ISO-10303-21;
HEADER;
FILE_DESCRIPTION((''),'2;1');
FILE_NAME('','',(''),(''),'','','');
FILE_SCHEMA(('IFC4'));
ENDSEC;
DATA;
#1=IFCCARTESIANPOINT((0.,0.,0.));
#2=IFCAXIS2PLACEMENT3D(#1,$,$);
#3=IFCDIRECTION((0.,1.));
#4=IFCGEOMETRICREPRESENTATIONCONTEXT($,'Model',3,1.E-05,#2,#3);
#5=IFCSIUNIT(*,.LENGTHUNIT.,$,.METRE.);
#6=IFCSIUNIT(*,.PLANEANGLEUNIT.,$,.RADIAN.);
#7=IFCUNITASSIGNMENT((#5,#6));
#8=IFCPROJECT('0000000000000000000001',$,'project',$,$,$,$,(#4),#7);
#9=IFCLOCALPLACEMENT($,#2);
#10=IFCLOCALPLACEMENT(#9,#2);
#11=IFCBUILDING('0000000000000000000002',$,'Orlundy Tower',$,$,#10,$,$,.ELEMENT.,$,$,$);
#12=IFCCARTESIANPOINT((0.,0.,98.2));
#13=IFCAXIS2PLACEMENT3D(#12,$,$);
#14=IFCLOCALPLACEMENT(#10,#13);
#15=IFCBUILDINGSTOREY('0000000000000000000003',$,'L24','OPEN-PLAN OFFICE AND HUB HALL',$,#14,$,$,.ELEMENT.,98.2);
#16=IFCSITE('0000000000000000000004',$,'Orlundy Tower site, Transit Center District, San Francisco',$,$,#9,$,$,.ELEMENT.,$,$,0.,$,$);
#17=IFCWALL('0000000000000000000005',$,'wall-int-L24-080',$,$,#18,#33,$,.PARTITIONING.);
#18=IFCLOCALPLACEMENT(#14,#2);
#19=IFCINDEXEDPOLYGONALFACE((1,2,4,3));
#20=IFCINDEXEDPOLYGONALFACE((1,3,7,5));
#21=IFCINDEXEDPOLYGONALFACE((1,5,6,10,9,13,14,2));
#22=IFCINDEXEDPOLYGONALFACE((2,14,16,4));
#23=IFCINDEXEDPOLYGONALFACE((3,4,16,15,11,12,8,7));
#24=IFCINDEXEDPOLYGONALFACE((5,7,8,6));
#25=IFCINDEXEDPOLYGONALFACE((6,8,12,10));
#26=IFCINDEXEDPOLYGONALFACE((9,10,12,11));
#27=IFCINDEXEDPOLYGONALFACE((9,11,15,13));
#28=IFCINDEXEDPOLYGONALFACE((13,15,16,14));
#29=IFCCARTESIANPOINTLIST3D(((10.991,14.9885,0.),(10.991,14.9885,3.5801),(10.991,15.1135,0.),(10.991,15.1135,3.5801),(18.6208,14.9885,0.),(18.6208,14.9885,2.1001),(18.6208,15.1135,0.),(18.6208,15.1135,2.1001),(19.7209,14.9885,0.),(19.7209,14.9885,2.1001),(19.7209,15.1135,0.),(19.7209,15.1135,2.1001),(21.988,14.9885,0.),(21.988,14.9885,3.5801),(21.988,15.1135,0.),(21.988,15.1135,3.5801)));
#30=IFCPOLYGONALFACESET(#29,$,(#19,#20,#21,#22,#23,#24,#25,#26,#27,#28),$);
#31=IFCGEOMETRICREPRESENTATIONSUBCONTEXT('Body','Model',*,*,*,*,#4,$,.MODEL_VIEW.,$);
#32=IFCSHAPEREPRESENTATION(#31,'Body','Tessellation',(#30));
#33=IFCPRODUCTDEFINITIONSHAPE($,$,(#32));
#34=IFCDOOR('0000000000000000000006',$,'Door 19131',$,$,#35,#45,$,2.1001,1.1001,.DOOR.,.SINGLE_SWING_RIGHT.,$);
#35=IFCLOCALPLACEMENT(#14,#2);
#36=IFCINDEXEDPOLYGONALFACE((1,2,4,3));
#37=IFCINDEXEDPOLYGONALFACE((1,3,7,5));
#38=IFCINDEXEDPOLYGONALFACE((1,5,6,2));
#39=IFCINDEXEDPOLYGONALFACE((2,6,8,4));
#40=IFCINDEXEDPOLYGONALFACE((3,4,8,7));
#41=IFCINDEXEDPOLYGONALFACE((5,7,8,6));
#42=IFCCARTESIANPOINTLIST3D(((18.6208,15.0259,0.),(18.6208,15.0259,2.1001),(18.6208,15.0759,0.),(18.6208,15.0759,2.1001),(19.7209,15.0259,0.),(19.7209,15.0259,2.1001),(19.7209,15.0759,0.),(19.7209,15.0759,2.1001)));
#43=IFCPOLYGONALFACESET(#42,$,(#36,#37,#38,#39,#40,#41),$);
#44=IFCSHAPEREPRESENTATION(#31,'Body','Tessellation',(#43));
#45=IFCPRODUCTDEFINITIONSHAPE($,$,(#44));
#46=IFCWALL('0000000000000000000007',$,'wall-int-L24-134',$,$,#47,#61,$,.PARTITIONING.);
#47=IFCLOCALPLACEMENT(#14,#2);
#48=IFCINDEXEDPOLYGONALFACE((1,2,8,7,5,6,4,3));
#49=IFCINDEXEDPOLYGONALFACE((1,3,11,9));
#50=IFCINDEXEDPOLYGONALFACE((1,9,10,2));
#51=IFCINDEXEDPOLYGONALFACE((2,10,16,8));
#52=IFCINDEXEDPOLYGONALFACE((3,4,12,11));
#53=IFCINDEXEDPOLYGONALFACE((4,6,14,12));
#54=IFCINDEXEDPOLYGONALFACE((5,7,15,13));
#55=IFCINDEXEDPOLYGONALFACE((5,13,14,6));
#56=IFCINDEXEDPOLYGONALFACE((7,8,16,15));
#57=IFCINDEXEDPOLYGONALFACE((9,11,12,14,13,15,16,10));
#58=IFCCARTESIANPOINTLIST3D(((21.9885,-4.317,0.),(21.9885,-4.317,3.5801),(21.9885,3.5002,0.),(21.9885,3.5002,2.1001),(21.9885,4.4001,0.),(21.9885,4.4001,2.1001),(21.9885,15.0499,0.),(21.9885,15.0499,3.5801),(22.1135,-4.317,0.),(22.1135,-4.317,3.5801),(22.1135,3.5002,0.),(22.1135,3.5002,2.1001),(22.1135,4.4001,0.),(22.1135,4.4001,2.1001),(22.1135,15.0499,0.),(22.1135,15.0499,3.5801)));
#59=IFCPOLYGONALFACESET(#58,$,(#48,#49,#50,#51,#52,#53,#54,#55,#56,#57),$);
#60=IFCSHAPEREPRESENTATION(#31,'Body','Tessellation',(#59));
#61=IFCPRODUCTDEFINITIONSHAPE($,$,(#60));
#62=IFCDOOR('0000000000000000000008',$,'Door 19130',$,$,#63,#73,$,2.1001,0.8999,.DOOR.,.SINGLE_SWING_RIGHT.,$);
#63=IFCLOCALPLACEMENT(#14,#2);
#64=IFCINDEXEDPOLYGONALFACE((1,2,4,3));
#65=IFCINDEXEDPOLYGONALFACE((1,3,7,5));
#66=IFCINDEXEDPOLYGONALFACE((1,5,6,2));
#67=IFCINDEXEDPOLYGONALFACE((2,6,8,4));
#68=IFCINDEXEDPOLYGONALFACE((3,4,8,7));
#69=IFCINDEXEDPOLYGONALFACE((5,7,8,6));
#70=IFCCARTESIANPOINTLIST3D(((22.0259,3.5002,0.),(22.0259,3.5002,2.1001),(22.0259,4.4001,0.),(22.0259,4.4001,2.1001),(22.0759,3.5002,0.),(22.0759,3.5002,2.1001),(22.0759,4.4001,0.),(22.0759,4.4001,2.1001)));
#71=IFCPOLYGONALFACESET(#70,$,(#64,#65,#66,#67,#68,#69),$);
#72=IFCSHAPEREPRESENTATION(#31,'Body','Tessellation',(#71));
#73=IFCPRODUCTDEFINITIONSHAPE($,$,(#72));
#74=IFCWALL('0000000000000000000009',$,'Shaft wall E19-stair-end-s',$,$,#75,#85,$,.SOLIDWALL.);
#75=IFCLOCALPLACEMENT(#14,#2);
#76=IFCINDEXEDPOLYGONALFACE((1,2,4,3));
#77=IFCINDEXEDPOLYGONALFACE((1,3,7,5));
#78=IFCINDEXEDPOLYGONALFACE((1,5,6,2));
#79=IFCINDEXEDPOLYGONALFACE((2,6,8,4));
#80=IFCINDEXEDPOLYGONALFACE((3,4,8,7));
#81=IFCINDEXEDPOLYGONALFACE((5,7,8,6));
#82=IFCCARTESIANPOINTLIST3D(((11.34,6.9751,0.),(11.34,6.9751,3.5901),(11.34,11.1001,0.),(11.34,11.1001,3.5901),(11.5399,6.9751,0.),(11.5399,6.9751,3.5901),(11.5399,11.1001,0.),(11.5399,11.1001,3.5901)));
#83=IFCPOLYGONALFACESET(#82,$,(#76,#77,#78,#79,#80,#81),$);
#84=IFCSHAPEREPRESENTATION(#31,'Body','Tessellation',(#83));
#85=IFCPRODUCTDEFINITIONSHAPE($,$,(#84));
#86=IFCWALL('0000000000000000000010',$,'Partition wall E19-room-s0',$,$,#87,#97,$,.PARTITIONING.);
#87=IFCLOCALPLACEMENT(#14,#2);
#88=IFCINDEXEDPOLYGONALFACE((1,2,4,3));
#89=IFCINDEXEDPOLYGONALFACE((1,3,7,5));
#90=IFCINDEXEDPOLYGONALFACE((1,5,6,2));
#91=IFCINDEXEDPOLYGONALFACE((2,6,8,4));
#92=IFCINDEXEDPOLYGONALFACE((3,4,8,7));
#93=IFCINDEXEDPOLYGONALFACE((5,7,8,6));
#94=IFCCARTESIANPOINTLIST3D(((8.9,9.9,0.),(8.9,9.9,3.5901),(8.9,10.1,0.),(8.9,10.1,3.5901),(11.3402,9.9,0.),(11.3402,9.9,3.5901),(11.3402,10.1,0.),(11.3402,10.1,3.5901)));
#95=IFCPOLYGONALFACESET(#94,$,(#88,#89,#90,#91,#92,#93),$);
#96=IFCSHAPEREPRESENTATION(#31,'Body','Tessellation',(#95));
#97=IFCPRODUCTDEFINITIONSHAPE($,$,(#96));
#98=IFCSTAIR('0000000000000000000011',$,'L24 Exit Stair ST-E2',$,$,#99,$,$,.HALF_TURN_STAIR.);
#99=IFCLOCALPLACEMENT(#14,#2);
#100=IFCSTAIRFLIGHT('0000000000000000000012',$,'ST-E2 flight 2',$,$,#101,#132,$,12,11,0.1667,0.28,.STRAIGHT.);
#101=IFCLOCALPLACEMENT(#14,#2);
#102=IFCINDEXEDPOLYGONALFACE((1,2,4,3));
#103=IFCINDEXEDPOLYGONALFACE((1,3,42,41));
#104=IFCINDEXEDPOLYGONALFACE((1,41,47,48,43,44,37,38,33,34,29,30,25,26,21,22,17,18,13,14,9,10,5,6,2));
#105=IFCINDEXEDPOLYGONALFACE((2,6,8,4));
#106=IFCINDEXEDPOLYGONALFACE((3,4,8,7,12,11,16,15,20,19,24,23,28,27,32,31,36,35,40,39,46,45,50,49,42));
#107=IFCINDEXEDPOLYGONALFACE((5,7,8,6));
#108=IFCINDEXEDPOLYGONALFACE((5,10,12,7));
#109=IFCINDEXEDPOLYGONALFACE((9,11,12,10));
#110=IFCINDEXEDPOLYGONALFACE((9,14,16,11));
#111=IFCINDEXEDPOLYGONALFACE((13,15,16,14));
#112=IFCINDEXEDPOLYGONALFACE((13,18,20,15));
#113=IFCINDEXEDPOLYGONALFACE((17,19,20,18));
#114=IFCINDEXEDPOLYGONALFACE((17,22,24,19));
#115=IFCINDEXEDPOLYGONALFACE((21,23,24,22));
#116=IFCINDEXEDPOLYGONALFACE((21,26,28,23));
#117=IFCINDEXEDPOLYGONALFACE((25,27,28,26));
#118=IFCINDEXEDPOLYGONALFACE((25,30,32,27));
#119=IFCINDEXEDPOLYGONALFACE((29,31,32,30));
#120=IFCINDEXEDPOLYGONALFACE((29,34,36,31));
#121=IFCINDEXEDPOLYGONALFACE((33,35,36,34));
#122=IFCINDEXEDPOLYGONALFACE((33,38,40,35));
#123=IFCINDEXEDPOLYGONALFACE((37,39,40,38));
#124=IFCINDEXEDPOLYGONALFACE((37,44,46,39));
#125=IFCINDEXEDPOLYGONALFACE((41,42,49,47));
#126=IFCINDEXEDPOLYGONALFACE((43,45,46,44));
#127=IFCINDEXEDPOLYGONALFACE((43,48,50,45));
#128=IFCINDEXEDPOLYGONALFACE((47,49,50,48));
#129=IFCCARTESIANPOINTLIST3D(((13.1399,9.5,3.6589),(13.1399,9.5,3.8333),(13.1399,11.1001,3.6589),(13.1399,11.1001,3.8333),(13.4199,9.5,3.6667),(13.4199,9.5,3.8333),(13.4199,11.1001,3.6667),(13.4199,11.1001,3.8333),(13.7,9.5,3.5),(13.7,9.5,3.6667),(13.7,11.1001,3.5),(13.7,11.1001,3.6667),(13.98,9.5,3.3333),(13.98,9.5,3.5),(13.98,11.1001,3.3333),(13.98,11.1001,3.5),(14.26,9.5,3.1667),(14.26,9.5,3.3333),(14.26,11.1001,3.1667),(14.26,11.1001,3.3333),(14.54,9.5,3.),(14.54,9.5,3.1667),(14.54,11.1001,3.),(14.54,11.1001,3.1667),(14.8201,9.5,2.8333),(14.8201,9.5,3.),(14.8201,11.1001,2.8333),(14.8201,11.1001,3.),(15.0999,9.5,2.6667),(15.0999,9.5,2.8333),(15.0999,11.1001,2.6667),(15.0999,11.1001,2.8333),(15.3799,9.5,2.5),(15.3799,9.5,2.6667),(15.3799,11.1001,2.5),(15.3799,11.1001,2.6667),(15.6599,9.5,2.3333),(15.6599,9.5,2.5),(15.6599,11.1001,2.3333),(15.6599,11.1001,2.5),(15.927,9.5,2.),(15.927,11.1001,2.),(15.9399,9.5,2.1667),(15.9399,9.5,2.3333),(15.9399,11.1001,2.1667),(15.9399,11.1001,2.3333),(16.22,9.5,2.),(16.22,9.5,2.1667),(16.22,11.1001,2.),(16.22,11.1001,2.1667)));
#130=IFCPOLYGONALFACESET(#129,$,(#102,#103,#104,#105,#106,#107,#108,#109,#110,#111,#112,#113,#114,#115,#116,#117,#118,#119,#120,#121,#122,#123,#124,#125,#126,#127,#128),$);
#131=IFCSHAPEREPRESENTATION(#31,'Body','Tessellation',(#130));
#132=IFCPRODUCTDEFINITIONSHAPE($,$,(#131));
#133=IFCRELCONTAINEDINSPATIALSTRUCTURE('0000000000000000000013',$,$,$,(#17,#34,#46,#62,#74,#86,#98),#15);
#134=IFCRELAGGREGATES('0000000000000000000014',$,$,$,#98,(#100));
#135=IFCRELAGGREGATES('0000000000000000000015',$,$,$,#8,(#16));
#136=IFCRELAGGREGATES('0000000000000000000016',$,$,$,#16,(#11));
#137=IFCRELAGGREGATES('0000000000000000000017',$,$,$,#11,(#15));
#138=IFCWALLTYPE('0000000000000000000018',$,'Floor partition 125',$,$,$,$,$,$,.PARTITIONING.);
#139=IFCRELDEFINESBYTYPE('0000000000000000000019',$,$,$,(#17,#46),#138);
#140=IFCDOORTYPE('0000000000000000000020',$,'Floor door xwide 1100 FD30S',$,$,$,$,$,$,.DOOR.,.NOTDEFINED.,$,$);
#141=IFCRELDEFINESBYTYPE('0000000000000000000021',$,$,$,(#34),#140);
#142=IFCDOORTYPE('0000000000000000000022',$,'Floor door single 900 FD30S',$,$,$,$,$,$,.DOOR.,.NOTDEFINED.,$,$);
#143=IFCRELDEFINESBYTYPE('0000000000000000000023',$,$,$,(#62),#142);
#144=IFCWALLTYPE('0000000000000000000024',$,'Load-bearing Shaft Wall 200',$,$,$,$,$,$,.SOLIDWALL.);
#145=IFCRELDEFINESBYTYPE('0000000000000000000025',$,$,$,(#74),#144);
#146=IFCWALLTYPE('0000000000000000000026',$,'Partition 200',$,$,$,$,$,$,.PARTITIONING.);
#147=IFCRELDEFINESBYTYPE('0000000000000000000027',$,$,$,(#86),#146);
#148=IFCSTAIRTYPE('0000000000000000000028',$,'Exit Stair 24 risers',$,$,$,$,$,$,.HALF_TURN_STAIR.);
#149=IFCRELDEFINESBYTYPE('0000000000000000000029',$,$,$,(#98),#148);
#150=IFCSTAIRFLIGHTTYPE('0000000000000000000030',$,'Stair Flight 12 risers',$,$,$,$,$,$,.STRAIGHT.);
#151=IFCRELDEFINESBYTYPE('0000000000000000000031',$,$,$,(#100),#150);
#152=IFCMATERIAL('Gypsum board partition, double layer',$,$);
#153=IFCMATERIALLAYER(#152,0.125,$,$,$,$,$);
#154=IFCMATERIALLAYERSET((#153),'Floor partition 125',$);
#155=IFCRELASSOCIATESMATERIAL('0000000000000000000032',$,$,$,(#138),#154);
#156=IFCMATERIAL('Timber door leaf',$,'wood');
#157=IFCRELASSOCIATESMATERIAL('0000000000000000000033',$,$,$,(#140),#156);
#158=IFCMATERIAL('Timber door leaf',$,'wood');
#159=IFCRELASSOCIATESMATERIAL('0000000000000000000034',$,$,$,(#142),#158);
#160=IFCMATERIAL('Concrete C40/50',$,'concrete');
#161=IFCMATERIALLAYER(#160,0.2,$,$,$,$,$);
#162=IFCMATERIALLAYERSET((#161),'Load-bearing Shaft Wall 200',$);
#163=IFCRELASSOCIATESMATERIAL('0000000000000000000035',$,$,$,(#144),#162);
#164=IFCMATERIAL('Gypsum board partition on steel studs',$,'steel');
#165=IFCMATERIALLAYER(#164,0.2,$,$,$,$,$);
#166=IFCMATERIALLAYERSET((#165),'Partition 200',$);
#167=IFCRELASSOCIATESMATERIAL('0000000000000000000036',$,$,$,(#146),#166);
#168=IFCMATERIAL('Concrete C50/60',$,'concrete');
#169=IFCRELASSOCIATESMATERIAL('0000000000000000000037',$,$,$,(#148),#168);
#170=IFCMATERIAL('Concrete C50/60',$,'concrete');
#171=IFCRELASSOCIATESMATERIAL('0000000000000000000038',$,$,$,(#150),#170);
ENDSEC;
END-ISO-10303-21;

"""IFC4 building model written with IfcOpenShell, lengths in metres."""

from ifc_helpers import new_model, si_unit, direction, frame, frame_2d, origin, place, context, subcontext, project, spatial, polyline, rectangle, outline, extrude, material, layer, layer_set, type_object, element, fill, aggregate, save


model = new_model("IFC4")

# Units and contexts
model_context = context("Model", 3, precision=1e-05, world=origin(), true_north=direction((0.0, 1.0)))
body_context = subcontext(model_context, "Body", "Model", "MODEL_VIEW")
ifc_project = project(units=[si_unit("LENGTHUNIT", "METRE"), si_unit("PLANEANGLEUNIT", "RADIAN")], contexts=[model_context])

# Site, building, storey
site_placement = place(None, origin())
site = spatial("IfcSite", under=ifc_project, at=site_placement, Name="Orlundy Tower site, Transit Center District, San Francisco", CompositionType="ELEMENT", RefElevation=0.0)
building_placement = place(site_placement, origin())
building = spatial("IfcBuilding", under=site, at=building_placement, Name="Orlundy Tower", CompositionType="ELEMENT")
storey_placement = place(building_placement, frame((0.0, 0.0, 98.2)))
storey = spatial("IfcBuildingStorey", under=building, at=storey_placement, Name="L24", Description="OPEN-PLAN OFFICE AND HUB HALL", CompositionType="ELEMENT", Elevation=98.2)

# Walls, openings, doors
ifc_material_1 = material(Name="Gypsum board partition, double layer")
ifc_layer_1 = layer(ifc_material_1, 0.125)
ifc_layer_set_1 = layer_set([ifc_layer_1], Name="Floor partition 125")
wall_type_1 = type_object("IfcWallType", Name="Floor partition 125", PredefinedType="PARTITIONING", material=ifc_layer_set_1)
wall_1_placement = place(storey_placement, frame((10.991, 15.051, 0.0), z_axis=(0.0, 0.0, 1.0), x_axis=(1.0, 0.0, 0.0)))
wall_1 = element("IfcWall", 1, at=wall_1_placement, inside=storey, type_object=wall_type_1, Name="wall-int-L24-080", PredefinedType="PARTITIONING", context=body_context, shape_type="SweptSolid", body=[
    extrude(rectangle(XDim=10.9971, YDim=0.125, at=frame_2d((5.4985, 0.0))), origin(), (0.0, 0.0, 1.0), 3.5801),
])
opening_1_placement = place(wall_1_placement, frame((7.6299, 0.0, 0.0)))
opening_1 = element("IfcOpeningElement", 2, at=opening_1_placement, cuts=wall_1, PredefinedType="OPENING", context=body_context, shape_type="SweptSolid", body=[
    extrude(rectangle(XDim=1.1001, YDim=2.1001, at=frame_2d((0.55, 1.05))), frame((0.0, 0.0725, 0.0), z_axis=(0.0, -1.0, 0.0), x_axis=(1.0, 0.0, 0.0)), (0.0, 0.0, 1.0), 0.145),
])
ifc_material_2 = material(Name="Timber door leaf", Category="wood")
door_type_1 = type_object("IfcDoorType", Name="Floor door xwide 1100 FD30S", OperationType="NOTDEFINED", PredefinedType="DOOR", material=ifc_material_2)
door_1_placement = place(opening_1_placement, origin())
door_1 = element("IfcDoor", 3, at=door_1_placement, inside=storey, type_object=door_type_1, Name="Door 19131", OperationType="SINGLE_SWING_RIGHT", OverallHeight=2.1001, OverallWidth=1.1001, PredefinedType="DOOR", context=body_context, shape_type="SweptSolid", body=[
    extrude(rectangle(XDim=1.1001, YDim=2.1001, at=frame_2d((0.55, 1.05))), frame((0.0, 0.0249, 0.0), z_axis=(0.0, -1.0, 0.0), x_axis=(1.0, 0.0, 0.0)), (0.0, 0.0, 1.0), 0.05),
])
fill(opening_1, door_1)
wall_2_placement = place(storey_placement, frame((22.051, 15.05, 0.0), z_axis=(0.0, 0.0, 1.0), x_axis=(0.0, -1.0, 0.0)))
wall_2 = element("IfcWall", 4, at=wall_2_placement, inside=storey, type_object=wall_type_1, Name="wall-int-L24-134", PredefinedType="PARTITIONING", context=body_context, shape_type="SweptSolid", body=[
    extrude(rectangle(XDim=19.3669, YDim=0.125, at=frame_2d((9.6836, 0.0))), origin(), (0.0, 0.0, 1.0), 3.5801),
])
opening_2_placement = place(wall_2_placement, frame((10.6499, 0.0, 0.0)))
opening_2 = element("IfcOpeningElement", 5, at=opening_2_placement, cuts=wall_2, PredefinedType="OPENING", context=body_context, shape_type="SweptSolid", body=[
    extrude(rectangle(XDim=0.8999, YDim=2.1001, at=frame_2d((0.45, 1.05))), frame((0.0, 0.0725, 0.0), z_axis=(0.0, -1.0, 0.0), x_axis=(1.0, 0.0, 0.0)), (0.0, 0.0, 1.0), 0.145),
])
ifc_material_3 = material(Name="Timber door leaf", Category="wood")
door_type_2 = type_object("IfcDoorType", Name="Floor door single 900 FD30S", OperationType="NOTDEFINED", PredefinedType="DOOR", material=ifc_material_3)
door_2_placement = place(opening_2_placement, origin())
door_2 = element("IfcDoor", 6, at=door_2_placement, inside=storey, type_object=door_type_2, Name="Door 19130", OperationType="SINGLE_SWING_RIGHT", OverallHeight=2.1001, OverallWidth=0.8999, PredefinedType="DOOR", context=body_context, shape_type="SweptSolid", body=[
    extrude(rectangle(XDim=0.8999, YDim=2.1001, at=frame_2d((0.45, 1.05))), frame((0.0, 0.0249, 0.0), z_axis=(0.0, -1.0, 0.0), x_axis=(1.0, 0.0, 0.0)), (0.0, 0.0, 1.0), 0.05),
])
fill(opening_2, door_2)

# Walls
ifc_material_4 = material(Name="Concrete C40/50", Category="concrete")
ifc_layer_2 = layer(ifc_material_4, 0.2)
ifc_layer_set_2 = layer_set([ifc_layer_2], Name="Load-bearing Shaft Wall 200")
wall_type_2 = type_object("IfcWallType", Name="Load-bearing Shaft Wall 200", PredefinedType="SOLIDWALL", material=ifc_layer_set_2)
wall_3_placement = place(storey_placement, frame((11.4399, 11.1001, 0.0), z_axis=(0.0, 0.0, 1.0), x_axis=(0.0, -1.0, 0.0)))
element("IfcWall", 7, at=wall_3_placement, inside=storey, type_object=wall_type_2, Name="Shaft wall E19-stair-end-s", PredefinedType="SOLIDWALL", context=body_context, shape_type="SweptSolid", body=[
    extrude(rectangle(XDim=4.125, YDim=0.2, at=frame_2d((2.0625, 0.0))), origin(), (0.0, 0.0, 1.0), 3.5901),
])
ifc_material_5 = material(Name="Gypsum board partition on steel studs", Category="steel")
ifc_layer_3 = layer(ifc_material_5, 0.2)
ifc_layer_set_3 = layer_set([ifc_layer_3], Name="Partition 200")
wall_type_3 = type_object("IfcWallType", Name="Partition 200", PredefinedType="PARTITIONING", material=ifc_layer_set_3)
wall_4_placement = place(storey_placement, frame((8.8999, 10.0, 0.0), z_axis=(0.0, 0.0, 1.0), x_axis=(1.0, 0.0, 0.0)))
element("IfcWall", 8, at=wall_4_placement, inside=storey, type_object=wall_type_3, Name="Partition wall E19-room-s0", PredefinedType="PARTITIONING", context=body_context, shape_type="SweptSolid", body=[
    extrude(rectangle(XDim=2.4402, YDim=0.2, at=frame_2d((1.2202, 0.0))), origin(), (0.0, 0.0, 1.0), 3.5901),
])

# Stair, stair flight
ifc_material_6 = material(Name="Concrete C50/60", Category="concrete")
stair_type = type_object("IfcStairType", Name="Exit Stair 24 risers", PredefinedType="HALF_TURN_STAIR", material=ifc_material_6)
stair_placement = place(storey_placement, origin())
stair = element("IfcStair", 9, at=stair_placement, inside=storey, type_object=stair_type, Name="L24 Exit Stair ST-E2", PredefinedType="HALF_TURN_STAIR")
ifc_material_7 = material(Name="Concrete C50/60", Category="concrete")
stair_flight_type = type_object("IfcStairFlightType", Name="Stair Flight 12 risers", PredefinedType="STRAIGHT", material=ifc_material_7)
stair_flight_placement = place(storey_placement, frame((16.22, 10.3, 2.0), z_axis=(0.0, 0.0, 1.0), x_axis=(-1.0, 0.0, 0.0)))
stair_flight = element("IfcStairFlight", 10, at=stair_flight_placement, type_object=stair_flight_type, Name="ST-E2 flight 2", NumberOfRisers=12, NumberOfTreads=11, PredefinedType="STRAIGHT", RiserHeight=0.1667, TreadLength=0.28, context=body_context, shape_type="SweptSolid", body=[
    extrude(outline(polyline([(0.0, 0.0), (0.0, 0.1667), (0.28, 0.1667), (0.28, 0.3333), (0.5601, 0.3333), (0.5601, 0.5), (0.8401, 0.5), (0.8401, 0.6667), (1.1201, 0.6667), (1.1201, 0.8333), (1.3999, 0.8333), (1.3999, 1.0), (1.6799, 1.0), (1.6799, 1.1667), (1.96, 1.1667), (1.96, 1.3333), (2.24, 1.3333), (2.24, 1.5), (2.52, 1.5), (2.52, 1.6667), (2.8, 1.6667), (2.8, 1.8333), (3.0801, 1.8333), (3.0801, 2.0), (3.0801, 1.6589), (0.293, 0.0), (0.0, 0.0)])), frame((0.0, 0.8, 0.0), z_axis=(0.0, -1.0, 0.0), x_axis=(1.0, 0.0, 0.0)), (0.0, 0.0, 1.0), 1.6001),
])
aggregate(stair, [stair_flight])

save(model, "model.ifc")
